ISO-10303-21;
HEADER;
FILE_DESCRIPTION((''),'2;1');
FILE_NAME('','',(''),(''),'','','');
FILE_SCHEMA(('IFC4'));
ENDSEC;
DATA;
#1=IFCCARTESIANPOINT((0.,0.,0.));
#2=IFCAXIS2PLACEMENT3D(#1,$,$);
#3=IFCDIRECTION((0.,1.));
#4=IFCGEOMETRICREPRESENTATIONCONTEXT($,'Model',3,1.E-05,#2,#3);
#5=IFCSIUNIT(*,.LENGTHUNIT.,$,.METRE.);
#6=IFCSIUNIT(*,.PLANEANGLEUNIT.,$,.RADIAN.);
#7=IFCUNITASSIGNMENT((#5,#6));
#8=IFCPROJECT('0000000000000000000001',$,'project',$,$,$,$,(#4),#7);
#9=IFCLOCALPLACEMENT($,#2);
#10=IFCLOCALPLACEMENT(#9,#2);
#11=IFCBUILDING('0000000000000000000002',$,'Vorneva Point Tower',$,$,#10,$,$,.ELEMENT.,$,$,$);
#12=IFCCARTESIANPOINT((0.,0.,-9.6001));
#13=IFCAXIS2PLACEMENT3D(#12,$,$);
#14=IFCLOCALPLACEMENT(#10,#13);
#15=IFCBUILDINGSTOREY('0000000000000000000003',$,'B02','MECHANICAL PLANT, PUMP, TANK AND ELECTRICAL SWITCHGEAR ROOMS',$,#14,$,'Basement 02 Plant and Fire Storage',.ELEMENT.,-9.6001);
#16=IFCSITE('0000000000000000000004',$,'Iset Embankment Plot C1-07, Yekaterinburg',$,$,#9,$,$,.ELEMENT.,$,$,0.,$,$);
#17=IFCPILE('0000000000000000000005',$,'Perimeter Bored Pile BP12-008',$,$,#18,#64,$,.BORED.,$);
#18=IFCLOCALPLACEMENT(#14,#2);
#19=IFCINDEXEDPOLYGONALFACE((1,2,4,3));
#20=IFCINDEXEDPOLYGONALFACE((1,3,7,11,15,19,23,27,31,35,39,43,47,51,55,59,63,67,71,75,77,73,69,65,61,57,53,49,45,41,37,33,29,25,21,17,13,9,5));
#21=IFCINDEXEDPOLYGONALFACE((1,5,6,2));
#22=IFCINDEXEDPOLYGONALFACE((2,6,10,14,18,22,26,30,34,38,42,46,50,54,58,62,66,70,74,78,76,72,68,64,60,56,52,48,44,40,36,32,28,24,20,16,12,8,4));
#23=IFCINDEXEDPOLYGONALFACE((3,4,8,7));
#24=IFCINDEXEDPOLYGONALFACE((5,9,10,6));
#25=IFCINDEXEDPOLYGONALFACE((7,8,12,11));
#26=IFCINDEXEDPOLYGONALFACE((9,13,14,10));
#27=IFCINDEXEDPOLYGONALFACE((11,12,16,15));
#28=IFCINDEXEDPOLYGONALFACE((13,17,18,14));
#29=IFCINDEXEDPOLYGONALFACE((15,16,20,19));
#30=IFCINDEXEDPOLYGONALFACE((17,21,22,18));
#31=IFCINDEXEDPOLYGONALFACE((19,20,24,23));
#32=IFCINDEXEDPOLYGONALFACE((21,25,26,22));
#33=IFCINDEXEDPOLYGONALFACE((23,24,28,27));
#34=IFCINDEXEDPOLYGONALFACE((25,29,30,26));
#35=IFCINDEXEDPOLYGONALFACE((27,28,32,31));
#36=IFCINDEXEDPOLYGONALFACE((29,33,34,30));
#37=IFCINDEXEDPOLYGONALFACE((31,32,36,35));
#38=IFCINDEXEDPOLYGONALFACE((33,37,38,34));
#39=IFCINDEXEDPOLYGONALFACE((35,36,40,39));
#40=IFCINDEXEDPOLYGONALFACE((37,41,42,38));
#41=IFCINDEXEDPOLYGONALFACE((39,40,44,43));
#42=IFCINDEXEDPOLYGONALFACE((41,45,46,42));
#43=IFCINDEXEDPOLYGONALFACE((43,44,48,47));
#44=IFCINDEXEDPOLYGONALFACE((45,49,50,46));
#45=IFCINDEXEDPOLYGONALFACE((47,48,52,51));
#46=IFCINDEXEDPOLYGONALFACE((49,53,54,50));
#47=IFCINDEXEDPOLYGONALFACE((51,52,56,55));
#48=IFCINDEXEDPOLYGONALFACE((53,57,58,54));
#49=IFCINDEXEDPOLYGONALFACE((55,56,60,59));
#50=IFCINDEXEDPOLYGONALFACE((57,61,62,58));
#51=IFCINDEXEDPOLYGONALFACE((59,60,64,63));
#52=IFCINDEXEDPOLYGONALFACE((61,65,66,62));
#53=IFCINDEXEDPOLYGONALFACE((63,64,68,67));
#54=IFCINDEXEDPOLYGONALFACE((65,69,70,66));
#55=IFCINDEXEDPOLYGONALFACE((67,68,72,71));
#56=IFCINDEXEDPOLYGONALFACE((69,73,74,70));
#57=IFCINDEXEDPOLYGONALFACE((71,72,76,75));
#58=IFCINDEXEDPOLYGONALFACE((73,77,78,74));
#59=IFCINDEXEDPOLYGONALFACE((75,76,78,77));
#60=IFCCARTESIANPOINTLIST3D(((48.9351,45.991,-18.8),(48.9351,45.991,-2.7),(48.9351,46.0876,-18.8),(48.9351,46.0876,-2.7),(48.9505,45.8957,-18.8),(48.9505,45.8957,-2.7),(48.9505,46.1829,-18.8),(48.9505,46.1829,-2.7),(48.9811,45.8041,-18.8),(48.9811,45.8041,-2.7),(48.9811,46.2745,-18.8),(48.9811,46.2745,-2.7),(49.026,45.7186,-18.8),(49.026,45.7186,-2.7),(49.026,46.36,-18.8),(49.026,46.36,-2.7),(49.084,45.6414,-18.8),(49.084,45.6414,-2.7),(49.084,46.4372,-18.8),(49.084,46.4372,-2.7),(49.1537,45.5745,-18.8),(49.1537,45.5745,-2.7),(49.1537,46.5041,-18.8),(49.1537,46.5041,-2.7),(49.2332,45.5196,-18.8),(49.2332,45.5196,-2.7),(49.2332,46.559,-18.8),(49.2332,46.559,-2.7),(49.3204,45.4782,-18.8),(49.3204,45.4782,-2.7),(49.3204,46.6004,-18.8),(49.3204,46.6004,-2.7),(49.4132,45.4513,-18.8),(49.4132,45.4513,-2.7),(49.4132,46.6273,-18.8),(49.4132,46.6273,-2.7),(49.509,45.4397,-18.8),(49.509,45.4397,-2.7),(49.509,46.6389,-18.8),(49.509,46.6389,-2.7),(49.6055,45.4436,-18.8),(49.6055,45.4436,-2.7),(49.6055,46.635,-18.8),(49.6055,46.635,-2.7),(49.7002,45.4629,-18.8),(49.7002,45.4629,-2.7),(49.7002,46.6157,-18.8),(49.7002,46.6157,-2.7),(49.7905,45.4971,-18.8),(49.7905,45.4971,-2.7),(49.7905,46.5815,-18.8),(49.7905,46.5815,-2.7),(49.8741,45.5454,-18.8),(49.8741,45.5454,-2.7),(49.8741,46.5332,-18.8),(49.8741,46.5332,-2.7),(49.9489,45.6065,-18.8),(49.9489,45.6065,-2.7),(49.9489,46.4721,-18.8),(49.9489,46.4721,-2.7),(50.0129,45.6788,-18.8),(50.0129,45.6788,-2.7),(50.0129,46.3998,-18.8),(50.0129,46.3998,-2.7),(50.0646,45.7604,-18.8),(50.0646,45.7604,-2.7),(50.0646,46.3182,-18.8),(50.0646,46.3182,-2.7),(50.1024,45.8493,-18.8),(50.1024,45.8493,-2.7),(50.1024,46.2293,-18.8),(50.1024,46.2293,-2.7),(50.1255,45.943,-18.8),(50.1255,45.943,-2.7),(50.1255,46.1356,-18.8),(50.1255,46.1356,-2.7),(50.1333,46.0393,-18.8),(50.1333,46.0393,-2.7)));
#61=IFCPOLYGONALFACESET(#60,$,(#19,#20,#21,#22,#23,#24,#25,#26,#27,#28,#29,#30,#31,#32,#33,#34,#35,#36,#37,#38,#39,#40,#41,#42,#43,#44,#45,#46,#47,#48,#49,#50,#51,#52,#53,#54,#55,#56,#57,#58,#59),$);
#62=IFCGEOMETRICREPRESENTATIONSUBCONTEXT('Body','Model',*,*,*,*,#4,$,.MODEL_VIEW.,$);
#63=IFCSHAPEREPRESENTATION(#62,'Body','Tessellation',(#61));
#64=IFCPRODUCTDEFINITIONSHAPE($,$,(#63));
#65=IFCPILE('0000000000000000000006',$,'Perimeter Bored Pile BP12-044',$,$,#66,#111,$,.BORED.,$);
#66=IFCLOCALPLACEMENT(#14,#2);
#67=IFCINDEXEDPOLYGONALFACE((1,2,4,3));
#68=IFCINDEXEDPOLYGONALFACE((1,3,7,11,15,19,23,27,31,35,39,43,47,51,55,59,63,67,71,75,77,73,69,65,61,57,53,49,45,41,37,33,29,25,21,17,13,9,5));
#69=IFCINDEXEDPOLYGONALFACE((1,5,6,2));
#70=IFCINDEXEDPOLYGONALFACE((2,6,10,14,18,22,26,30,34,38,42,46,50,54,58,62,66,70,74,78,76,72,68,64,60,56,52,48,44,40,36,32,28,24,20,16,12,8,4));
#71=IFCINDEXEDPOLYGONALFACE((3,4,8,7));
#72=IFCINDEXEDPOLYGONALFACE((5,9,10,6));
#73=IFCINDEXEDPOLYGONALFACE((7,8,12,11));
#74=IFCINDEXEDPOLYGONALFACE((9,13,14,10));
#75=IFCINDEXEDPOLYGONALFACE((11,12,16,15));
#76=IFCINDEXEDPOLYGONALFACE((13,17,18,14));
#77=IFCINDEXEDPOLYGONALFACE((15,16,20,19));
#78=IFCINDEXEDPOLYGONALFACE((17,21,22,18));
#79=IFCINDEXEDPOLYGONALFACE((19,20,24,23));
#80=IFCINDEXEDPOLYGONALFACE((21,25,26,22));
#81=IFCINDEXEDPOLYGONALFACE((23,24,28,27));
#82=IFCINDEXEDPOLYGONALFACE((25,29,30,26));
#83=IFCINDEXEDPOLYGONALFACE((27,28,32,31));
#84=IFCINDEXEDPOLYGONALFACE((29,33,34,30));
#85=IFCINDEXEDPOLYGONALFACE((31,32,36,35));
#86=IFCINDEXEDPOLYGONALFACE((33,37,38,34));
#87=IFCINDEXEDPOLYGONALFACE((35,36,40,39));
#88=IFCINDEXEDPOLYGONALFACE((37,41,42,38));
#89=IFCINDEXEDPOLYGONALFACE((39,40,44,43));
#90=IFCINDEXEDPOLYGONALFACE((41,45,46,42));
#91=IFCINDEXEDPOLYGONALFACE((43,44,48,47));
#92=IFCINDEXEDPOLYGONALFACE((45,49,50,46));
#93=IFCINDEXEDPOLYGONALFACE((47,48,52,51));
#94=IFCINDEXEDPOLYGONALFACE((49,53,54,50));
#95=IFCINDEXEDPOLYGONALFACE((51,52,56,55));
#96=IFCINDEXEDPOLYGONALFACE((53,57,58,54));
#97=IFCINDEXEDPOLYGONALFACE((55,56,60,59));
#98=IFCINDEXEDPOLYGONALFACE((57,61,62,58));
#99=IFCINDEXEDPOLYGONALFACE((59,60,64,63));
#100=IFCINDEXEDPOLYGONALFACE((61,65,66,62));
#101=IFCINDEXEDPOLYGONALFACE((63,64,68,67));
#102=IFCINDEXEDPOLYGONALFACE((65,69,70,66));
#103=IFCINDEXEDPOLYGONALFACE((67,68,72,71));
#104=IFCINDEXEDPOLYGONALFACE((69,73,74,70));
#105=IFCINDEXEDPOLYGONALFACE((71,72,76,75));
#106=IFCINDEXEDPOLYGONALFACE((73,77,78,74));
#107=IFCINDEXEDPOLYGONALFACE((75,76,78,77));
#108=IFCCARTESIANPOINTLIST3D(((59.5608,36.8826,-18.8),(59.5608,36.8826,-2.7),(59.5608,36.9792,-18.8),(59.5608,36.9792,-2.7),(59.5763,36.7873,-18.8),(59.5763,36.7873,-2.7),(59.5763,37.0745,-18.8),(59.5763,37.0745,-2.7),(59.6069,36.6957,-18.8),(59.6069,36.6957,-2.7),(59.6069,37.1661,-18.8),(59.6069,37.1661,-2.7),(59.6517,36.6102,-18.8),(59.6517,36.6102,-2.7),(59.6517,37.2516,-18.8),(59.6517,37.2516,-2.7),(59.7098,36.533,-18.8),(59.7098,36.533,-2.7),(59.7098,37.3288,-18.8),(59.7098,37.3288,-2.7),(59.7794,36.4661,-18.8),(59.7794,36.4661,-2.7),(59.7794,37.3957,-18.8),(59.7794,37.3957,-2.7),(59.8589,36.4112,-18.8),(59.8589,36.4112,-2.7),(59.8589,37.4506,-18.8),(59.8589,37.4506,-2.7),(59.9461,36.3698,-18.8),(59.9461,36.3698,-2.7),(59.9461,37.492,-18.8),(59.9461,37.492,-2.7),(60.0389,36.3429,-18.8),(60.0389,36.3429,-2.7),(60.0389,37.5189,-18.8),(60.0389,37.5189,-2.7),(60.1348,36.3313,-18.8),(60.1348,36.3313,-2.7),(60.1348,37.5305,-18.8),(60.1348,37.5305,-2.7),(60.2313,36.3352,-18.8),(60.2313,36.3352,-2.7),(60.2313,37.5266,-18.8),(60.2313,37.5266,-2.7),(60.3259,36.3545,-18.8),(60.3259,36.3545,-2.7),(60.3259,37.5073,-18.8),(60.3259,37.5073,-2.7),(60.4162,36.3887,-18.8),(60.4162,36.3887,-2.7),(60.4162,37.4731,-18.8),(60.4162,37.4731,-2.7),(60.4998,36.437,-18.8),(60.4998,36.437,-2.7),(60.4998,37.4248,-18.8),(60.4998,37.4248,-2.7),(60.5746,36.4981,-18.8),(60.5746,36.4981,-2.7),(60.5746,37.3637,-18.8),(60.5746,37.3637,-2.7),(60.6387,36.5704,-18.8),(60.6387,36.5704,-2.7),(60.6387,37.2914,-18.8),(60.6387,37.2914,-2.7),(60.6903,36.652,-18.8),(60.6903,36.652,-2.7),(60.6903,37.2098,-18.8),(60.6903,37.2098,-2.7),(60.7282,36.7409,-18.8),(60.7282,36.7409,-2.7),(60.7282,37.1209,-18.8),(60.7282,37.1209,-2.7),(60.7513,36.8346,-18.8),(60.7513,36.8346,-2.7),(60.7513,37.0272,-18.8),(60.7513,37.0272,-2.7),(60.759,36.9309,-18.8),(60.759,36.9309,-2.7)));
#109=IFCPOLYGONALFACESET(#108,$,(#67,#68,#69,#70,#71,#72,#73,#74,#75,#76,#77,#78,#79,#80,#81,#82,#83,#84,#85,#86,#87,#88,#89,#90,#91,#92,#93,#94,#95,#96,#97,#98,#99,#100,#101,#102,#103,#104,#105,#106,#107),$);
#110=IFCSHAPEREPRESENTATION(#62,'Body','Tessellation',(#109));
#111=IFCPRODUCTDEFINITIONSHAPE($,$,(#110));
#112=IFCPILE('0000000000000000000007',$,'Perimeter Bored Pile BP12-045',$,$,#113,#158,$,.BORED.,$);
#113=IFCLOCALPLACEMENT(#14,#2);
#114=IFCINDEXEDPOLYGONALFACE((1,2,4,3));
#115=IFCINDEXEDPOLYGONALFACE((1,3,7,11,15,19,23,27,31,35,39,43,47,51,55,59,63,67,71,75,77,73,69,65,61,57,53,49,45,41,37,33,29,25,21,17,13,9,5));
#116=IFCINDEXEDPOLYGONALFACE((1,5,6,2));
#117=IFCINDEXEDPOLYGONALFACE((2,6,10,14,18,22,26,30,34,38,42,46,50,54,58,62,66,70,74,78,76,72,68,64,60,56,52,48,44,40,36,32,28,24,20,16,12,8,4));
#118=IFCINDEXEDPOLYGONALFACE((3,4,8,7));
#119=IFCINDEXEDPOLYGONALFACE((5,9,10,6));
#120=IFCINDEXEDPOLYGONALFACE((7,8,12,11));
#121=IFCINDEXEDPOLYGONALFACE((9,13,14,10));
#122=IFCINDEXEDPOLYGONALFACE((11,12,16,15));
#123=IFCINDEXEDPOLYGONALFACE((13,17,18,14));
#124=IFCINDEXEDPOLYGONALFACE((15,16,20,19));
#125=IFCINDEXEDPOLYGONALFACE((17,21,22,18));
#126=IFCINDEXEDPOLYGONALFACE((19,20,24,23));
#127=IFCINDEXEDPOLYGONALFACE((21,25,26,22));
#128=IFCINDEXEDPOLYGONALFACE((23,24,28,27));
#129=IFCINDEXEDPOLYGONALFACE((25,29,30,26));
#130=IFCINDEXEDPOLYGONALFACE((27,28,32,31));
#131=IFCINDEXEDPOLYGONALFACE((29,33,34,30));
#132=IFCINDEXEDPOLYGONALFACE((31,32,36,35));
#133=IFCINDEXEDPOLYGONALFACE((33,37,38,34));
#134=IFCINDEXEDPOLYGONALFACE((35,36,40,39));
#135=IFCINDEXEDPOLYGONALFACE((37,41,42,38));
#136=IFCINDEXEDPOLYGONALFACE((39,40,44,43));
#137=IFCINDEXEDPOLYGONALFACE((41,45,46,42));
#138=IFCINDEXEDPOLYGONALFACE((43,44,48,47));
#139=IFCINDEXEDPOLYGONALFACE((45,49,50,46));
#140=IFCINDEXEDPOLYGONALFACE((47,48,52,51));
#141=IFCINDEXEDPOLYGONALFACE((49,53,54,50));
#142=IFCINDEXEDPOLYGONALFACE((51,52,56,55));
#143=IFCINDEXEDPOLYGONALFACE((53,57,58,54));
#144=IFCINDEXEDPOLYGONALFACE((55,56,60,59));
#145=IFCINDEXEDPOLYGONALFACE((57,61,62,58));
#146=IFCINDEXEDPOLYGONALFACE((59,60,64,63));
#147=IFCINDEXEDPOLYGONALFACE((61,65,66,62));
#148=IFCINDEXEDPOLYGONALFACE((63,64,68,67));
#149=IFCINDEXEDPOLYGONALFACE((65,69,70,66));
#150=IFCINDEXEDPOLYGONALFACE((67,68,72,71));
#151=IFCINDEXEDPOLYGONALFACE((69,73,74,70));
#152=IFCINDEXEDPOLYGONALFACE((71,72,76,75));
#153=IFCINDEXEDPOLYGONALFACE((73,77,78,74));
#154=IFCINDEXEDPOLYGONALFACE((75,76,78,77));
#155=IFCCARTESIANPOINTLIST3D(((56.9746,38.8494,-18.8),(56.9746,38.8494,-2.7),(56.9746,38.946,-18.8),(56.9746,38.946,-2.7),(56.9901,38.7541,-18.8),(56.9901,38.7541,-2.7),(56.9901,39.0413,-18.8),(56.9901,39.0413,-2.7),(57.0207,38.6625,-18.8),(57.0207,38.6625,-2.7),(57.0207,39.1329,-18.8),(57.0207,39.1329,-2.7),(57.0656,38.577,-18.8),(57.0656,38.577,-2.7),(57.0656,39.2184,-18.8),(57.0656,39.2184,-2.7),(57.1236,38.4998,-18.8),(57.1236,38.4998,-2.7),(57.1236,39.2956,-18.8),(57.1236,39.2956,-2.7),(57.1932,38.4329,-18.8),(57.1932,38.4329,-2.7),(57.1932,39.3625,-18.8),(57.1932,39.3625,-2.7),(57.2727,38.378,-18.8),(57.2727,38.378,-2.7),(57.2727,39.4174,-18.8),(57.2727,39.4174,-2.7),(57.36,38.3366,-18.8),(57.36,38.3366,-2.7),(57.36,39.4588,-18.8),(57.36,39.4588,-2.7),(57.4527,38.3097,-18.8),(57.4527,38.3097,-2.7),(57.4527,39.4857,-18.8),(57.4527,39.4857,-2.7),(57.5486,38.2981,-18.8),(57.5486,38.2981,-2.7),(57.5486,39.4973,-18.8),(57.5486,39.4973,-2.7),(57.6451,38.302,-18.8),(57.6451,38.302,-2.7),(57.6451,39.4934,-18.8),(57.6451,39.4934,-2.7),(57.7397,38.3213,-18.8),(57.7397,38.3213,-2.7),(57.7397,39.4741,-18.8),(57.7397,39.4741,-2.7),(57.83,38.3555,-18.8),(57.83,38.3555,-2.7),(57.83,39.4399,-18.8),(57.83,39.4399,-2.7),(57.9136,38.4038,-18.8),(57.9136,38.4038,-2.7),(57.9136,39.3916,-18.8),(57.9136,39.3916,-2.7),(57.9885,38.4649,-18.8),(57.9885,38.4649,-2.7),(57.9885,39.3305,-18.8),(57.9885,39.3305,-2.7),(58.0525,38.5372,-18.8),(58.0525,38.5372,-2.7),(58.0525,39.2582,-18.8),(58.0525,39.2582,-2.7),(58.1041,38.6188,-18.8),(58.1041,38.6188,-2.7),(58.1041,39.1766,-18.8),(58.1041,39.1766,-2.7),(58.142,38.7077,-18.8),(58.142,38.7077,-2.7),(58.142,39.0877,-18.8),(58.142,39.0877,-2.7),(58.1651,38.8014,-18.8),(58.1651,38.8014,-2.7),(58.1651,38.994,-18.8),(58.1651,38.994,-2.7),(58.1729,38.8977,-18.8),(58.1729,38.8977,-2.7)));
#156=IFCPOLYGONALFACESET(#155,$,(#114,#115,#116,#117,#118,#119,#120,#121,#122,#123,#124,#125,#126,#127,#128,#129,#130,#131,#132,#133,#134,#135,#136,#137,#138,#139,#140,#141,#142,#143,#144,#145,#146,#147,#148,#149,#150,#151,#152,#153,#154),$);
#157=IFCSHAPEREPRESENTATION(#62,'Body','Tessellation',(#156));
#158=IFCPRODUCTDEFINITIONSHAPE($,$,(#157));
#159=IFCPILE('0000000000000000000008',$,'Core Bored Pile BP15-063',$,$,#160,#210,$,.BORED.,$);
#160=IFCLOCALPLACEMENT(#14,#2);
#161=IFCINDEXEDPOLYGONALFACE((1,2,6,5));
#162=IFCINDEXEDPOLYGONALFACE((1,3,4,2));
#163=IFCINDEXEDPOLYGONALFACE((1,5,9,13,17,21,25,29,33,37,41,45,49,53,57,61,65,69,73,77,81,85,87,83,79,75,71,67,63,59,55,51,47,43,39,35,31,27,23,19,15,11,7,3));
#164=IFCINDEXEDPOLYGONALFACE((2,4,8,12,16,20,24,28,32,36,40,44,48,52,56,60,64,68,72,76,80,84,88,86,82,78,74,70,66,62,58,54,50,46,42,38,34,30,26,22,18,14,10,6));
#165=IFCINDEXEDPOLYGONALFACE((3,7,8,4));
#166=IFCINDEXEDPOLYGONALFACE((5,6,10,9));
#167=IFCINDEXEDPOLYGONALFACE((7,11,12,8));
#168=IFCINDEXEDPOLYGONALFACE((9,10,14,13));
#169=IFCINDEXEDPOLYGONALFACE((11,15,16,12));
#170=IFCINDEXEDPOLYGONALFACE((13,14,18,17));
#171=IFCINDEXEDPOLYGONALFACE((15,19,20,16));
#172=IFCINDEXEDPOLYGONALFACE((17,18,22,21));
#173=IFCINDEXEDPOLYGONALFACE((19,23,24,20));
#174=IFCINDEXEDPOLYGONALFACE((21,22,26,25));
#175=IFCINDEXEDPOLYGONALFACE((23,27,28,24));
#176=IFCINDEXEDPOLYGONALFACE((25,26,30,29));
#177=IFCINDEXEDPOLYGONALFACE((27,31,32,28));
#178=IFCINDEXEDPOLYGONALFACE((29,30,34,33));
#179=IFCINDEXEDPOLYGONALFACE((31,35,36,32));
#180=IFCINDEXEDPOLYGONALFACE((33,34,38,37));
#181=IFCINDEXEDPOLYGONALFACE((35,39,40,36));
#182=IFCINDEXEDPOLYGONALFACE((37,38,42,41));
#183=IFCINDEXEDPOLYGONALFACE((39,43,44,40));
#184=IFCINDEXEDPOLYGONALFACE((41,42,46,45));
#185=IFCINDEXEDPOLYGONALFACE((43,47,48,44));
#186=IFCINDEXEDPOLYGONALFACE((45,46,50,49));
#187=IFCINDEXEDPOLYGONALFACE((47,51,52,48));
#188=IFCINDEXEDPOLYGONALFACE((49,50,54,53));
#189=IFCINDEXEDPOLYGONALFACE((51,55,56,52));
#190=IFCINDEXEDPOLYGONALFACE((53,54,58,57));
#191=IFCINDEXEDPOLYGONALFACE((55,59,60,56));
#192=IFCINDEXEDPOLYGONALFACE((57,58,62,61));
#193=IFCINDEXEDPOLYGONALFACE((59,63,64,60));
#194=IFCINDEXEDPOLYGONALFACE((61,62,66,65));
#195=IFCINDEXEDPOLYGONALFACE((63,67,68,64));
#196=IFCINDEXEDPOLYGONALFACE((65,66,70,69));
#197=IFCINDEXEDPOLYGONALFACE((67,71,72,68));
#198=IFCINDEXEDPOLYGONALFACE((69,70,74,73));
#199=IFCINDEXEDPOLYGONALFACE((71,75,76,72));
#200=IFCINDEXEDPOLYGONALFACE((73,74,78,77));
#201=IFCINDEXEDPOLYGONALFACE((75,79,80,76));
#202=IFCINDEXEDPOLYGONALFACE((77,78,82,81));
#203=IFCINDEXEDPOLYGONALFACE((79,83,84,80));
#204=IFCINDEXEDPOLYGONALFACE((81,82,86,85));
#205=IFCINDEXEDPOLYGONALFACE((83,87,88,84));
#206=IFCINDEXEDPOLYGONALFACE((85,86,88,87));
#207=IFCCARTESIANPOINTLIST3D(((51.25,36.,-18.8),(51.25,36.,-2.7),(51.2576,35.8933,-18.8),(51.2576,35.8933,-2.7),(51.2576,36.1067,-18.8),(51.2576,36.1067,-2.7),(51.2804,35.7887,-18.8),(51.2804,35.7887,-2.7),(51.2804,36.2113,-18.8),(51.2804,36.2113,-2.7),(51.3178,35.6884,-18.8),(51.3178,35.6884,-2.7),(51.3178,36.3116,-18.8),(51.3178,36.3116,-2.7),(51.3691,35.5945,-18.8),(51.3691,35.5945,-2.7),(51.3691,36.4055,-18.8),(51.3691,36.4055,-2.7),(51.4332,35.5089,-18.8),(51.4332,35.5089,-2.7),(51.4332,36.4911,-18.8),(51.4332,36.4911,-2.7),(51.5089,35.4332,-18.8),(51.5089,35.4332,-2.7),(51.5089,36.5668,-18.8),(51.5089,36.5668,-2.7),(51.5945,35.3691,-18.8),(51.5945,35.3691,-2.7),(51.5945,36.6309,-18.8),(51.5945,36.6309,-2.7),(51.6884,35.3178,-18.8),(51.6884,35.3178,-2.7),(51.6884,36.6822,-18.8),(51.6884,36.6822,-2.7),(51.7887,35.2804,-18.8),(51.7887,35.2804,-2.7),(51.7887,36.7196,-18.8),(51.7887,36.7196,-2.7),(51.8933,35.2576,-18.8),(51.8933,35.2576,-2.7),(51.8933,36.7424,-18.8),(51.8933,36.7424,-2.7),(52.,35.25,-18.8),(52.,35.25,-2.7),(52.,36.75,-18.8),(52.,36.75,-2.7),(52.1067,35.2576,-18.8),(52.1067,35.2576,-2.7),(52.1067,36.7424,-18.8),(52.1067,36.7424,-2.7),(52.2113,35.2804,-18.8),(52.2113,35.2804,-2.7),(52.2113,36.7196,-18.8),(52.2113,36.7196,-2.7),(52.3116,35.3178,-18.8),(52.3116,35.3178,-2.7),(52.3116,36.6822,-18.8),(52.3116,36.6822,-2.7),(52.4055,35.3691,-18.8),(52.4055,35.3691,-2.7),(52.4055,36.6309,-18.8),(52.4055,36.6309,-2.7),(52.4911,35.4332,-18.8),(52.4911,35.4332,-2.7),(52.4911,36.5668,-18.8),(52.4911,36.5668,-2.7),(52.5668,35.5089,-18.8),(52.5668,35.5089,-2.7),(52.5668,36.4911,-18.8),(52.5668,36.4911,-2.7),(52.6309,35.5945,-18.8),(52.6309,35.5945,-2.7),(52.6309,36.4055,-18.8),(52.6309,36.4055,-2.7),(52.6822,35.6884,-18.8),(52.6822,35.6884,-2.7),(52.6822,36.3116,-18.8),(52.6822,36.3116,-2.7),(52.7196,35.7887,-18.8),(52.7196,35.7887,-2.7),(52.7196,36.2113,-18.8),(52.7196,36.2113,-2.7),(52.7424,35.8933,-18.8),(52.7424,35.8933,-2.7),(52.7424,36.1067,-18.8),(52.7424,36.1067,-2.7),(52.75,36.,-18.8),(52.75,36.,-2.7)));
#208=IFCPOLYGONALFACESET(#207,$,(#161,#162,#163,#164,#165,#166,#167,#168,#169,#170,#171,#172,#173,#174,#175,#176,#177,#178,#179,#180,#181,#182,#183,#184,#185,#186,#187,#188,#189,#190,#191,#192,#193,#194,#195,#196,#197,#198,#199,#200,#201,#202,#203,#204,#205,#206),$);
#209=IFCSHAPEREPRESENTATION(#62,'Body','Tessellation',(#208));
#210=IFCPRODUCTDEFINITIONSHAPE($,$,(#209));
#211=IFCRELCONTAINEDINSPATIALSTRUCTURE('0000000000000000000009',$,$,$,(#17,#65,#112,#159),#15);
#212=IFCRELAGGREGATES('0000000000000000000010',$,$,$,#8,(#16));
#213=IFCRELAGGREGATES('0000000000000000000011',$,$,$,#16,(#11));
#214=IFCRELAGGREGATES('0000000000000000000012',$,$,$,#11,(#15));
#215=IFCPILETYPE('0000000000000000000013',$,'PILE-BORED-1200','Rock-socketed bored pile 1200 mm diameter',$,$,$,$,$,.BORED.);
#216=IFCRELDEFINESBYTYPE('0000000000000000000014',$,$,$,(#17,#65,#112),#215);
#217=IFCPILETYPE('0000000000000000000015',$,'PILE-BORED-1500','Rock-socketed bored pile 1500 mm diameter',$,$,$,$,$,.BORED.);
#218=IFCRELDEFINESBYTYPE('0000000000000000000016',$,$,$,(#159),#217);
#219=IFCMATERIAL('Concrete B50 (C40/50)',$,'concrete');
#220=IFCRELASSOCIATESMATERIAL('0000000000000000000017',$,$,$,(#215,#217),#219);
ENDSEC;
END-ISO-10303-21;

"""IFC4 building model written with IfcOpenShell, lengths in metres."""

from ifc_helpers import new_model, si_unit, direction, frame, origin, origin_2d, place, context, subcontext, project, spatial, circle, extrude, material, material_profile, profile_set, type_object, element, save


model = new_model("IFC4")

# Units and contexts
model_context = context("Model", 3, precision=1e-05, world=origin(), true_north=direction((0.0, 1.0)))
body_context = subcontext(model_context, "Body", "Model", "MODEL_VIEW")
ifc_project = project(units=[si_unit("LENGTHUNIT", "METRE"), si_unit("PLANEANGLEUNIT", "RADIAN")], contexts=[model_context])

# Site, building, storey
site_placement = place(None, origin())
site = spatial("IfcSite", under=ifc_project, at=site_placement, Name="Iset Embankment Plot C1-07, Yekaterinburg", CompositionType="ELEMENT", RefElevation=0.0)
building_placement = place(site_placement, origin())
building = spatial("IfcBuilding", under=site, at=building_placement, Name="Vorneva Point Tower", CompositionType="ELEMENT")
storey_placement = place(building_placement, frame((0.0, 0.0, -9.6001)))
storey = spatial("IfcBuildingStorey", under=building, at=storey_placement, Name="B02", Description="MECHANICAL PLANT, PUMP, TANK AND ELECTRICAL SWITCHGEAR ROOMS", LongName="Basement 02 Plant and Fire Storage", CompositionType="ELEMENT", Elevation=-9.6001)

# Piles
ifc_material_1 = material(Name="Concrete B50 (C40/50)", Category="concrete")
ifc_material_profile_1 = material_profile(ifc_material_1, circle(Radius=0.6001, at=origin_2d()), Name="PILE-1200")
ifc_profile_set_1 = profile_set([ifc_material_profile_1], Name="Concrete B50 (C40/50)")
pile_type_1 = type_object("IfcPileType", Name="PILE-BORED-1200", Description="Rock-socketed bored pile 1200 mm diameter", PredefinedType="BORED", material=ifc_profile_set_1)
for number, where, z_axis, x_axis, name in (
    (1, (49.5332, 46.0393, -2.7), (0.0, 0.0, -1.0), (1.0, 0.0, 0.0), "Perimeter Bored Pile BP12-008"),
    (2, (60.1589, 36.9309, -2.7), (0.0, 0.0, -1.0), (1.0, 0.0, 0.0), "Perimeter Bored Pile BP12-044"),
    (3, (57.5728, 38.8977, -2.7), (0.0, 0.0, -1.0), (1.0, 0.0, 0.0), "Perimeter Bored Pile BP12-045"),
):
    element("IfcPile", number, at=place(storey_placement, frame(where, z_axis=z_axis, x_axis=x_axis)), inside=storey, type_object=pile_type_1, Name=name, PredefinedType="BORED", context=body_context, shape_type="SweptSolid", body=[
        extrude(circle(Radius=0.6001, at=origin_2d()), origin(), (0.0, 0.0, 1.0), 16.1001),
    ])
ifc_material_profile_2 = material_profile(ifc_material_1, circle(Radius=0.75, at=origin_2d()), Name="PILE-1500")
ifc_profile_set_2 = profile_set([ifc_material_profile_2], Name="Concrete B50 (C40/50)")
pile_type_2 = type_object("IfcPileType", Name="PILE-BORED-1500", Description="Rock-socketed bored pile 1500 mm diameter", PredefinedType="BORED", material=ifc_profile_set_2)
for number, where, z_axis, x_axis, name in (
    (4, (52.0, 36.0, -2.7), (0.0, 0.0, -1.0), (1.0, 0.0, 0.0), "Core Bored Pile BP15-063"),
):
    element("IfcPile", number, at=place(storey_placement, frame(where, z_axis=z_axis, x_axis=x_axis)), inside=storey, type_object=pile_type_2, Name=name, PredefinedType="BORED", context=body_context, shape_type="SweptSolid", body=[
        extrude(circle(Radius=0.75, at=origin_2d()), origin(), (0.0, 0.0, 1.0), 16.1001),
    ])

save(model, "model.ifc")
